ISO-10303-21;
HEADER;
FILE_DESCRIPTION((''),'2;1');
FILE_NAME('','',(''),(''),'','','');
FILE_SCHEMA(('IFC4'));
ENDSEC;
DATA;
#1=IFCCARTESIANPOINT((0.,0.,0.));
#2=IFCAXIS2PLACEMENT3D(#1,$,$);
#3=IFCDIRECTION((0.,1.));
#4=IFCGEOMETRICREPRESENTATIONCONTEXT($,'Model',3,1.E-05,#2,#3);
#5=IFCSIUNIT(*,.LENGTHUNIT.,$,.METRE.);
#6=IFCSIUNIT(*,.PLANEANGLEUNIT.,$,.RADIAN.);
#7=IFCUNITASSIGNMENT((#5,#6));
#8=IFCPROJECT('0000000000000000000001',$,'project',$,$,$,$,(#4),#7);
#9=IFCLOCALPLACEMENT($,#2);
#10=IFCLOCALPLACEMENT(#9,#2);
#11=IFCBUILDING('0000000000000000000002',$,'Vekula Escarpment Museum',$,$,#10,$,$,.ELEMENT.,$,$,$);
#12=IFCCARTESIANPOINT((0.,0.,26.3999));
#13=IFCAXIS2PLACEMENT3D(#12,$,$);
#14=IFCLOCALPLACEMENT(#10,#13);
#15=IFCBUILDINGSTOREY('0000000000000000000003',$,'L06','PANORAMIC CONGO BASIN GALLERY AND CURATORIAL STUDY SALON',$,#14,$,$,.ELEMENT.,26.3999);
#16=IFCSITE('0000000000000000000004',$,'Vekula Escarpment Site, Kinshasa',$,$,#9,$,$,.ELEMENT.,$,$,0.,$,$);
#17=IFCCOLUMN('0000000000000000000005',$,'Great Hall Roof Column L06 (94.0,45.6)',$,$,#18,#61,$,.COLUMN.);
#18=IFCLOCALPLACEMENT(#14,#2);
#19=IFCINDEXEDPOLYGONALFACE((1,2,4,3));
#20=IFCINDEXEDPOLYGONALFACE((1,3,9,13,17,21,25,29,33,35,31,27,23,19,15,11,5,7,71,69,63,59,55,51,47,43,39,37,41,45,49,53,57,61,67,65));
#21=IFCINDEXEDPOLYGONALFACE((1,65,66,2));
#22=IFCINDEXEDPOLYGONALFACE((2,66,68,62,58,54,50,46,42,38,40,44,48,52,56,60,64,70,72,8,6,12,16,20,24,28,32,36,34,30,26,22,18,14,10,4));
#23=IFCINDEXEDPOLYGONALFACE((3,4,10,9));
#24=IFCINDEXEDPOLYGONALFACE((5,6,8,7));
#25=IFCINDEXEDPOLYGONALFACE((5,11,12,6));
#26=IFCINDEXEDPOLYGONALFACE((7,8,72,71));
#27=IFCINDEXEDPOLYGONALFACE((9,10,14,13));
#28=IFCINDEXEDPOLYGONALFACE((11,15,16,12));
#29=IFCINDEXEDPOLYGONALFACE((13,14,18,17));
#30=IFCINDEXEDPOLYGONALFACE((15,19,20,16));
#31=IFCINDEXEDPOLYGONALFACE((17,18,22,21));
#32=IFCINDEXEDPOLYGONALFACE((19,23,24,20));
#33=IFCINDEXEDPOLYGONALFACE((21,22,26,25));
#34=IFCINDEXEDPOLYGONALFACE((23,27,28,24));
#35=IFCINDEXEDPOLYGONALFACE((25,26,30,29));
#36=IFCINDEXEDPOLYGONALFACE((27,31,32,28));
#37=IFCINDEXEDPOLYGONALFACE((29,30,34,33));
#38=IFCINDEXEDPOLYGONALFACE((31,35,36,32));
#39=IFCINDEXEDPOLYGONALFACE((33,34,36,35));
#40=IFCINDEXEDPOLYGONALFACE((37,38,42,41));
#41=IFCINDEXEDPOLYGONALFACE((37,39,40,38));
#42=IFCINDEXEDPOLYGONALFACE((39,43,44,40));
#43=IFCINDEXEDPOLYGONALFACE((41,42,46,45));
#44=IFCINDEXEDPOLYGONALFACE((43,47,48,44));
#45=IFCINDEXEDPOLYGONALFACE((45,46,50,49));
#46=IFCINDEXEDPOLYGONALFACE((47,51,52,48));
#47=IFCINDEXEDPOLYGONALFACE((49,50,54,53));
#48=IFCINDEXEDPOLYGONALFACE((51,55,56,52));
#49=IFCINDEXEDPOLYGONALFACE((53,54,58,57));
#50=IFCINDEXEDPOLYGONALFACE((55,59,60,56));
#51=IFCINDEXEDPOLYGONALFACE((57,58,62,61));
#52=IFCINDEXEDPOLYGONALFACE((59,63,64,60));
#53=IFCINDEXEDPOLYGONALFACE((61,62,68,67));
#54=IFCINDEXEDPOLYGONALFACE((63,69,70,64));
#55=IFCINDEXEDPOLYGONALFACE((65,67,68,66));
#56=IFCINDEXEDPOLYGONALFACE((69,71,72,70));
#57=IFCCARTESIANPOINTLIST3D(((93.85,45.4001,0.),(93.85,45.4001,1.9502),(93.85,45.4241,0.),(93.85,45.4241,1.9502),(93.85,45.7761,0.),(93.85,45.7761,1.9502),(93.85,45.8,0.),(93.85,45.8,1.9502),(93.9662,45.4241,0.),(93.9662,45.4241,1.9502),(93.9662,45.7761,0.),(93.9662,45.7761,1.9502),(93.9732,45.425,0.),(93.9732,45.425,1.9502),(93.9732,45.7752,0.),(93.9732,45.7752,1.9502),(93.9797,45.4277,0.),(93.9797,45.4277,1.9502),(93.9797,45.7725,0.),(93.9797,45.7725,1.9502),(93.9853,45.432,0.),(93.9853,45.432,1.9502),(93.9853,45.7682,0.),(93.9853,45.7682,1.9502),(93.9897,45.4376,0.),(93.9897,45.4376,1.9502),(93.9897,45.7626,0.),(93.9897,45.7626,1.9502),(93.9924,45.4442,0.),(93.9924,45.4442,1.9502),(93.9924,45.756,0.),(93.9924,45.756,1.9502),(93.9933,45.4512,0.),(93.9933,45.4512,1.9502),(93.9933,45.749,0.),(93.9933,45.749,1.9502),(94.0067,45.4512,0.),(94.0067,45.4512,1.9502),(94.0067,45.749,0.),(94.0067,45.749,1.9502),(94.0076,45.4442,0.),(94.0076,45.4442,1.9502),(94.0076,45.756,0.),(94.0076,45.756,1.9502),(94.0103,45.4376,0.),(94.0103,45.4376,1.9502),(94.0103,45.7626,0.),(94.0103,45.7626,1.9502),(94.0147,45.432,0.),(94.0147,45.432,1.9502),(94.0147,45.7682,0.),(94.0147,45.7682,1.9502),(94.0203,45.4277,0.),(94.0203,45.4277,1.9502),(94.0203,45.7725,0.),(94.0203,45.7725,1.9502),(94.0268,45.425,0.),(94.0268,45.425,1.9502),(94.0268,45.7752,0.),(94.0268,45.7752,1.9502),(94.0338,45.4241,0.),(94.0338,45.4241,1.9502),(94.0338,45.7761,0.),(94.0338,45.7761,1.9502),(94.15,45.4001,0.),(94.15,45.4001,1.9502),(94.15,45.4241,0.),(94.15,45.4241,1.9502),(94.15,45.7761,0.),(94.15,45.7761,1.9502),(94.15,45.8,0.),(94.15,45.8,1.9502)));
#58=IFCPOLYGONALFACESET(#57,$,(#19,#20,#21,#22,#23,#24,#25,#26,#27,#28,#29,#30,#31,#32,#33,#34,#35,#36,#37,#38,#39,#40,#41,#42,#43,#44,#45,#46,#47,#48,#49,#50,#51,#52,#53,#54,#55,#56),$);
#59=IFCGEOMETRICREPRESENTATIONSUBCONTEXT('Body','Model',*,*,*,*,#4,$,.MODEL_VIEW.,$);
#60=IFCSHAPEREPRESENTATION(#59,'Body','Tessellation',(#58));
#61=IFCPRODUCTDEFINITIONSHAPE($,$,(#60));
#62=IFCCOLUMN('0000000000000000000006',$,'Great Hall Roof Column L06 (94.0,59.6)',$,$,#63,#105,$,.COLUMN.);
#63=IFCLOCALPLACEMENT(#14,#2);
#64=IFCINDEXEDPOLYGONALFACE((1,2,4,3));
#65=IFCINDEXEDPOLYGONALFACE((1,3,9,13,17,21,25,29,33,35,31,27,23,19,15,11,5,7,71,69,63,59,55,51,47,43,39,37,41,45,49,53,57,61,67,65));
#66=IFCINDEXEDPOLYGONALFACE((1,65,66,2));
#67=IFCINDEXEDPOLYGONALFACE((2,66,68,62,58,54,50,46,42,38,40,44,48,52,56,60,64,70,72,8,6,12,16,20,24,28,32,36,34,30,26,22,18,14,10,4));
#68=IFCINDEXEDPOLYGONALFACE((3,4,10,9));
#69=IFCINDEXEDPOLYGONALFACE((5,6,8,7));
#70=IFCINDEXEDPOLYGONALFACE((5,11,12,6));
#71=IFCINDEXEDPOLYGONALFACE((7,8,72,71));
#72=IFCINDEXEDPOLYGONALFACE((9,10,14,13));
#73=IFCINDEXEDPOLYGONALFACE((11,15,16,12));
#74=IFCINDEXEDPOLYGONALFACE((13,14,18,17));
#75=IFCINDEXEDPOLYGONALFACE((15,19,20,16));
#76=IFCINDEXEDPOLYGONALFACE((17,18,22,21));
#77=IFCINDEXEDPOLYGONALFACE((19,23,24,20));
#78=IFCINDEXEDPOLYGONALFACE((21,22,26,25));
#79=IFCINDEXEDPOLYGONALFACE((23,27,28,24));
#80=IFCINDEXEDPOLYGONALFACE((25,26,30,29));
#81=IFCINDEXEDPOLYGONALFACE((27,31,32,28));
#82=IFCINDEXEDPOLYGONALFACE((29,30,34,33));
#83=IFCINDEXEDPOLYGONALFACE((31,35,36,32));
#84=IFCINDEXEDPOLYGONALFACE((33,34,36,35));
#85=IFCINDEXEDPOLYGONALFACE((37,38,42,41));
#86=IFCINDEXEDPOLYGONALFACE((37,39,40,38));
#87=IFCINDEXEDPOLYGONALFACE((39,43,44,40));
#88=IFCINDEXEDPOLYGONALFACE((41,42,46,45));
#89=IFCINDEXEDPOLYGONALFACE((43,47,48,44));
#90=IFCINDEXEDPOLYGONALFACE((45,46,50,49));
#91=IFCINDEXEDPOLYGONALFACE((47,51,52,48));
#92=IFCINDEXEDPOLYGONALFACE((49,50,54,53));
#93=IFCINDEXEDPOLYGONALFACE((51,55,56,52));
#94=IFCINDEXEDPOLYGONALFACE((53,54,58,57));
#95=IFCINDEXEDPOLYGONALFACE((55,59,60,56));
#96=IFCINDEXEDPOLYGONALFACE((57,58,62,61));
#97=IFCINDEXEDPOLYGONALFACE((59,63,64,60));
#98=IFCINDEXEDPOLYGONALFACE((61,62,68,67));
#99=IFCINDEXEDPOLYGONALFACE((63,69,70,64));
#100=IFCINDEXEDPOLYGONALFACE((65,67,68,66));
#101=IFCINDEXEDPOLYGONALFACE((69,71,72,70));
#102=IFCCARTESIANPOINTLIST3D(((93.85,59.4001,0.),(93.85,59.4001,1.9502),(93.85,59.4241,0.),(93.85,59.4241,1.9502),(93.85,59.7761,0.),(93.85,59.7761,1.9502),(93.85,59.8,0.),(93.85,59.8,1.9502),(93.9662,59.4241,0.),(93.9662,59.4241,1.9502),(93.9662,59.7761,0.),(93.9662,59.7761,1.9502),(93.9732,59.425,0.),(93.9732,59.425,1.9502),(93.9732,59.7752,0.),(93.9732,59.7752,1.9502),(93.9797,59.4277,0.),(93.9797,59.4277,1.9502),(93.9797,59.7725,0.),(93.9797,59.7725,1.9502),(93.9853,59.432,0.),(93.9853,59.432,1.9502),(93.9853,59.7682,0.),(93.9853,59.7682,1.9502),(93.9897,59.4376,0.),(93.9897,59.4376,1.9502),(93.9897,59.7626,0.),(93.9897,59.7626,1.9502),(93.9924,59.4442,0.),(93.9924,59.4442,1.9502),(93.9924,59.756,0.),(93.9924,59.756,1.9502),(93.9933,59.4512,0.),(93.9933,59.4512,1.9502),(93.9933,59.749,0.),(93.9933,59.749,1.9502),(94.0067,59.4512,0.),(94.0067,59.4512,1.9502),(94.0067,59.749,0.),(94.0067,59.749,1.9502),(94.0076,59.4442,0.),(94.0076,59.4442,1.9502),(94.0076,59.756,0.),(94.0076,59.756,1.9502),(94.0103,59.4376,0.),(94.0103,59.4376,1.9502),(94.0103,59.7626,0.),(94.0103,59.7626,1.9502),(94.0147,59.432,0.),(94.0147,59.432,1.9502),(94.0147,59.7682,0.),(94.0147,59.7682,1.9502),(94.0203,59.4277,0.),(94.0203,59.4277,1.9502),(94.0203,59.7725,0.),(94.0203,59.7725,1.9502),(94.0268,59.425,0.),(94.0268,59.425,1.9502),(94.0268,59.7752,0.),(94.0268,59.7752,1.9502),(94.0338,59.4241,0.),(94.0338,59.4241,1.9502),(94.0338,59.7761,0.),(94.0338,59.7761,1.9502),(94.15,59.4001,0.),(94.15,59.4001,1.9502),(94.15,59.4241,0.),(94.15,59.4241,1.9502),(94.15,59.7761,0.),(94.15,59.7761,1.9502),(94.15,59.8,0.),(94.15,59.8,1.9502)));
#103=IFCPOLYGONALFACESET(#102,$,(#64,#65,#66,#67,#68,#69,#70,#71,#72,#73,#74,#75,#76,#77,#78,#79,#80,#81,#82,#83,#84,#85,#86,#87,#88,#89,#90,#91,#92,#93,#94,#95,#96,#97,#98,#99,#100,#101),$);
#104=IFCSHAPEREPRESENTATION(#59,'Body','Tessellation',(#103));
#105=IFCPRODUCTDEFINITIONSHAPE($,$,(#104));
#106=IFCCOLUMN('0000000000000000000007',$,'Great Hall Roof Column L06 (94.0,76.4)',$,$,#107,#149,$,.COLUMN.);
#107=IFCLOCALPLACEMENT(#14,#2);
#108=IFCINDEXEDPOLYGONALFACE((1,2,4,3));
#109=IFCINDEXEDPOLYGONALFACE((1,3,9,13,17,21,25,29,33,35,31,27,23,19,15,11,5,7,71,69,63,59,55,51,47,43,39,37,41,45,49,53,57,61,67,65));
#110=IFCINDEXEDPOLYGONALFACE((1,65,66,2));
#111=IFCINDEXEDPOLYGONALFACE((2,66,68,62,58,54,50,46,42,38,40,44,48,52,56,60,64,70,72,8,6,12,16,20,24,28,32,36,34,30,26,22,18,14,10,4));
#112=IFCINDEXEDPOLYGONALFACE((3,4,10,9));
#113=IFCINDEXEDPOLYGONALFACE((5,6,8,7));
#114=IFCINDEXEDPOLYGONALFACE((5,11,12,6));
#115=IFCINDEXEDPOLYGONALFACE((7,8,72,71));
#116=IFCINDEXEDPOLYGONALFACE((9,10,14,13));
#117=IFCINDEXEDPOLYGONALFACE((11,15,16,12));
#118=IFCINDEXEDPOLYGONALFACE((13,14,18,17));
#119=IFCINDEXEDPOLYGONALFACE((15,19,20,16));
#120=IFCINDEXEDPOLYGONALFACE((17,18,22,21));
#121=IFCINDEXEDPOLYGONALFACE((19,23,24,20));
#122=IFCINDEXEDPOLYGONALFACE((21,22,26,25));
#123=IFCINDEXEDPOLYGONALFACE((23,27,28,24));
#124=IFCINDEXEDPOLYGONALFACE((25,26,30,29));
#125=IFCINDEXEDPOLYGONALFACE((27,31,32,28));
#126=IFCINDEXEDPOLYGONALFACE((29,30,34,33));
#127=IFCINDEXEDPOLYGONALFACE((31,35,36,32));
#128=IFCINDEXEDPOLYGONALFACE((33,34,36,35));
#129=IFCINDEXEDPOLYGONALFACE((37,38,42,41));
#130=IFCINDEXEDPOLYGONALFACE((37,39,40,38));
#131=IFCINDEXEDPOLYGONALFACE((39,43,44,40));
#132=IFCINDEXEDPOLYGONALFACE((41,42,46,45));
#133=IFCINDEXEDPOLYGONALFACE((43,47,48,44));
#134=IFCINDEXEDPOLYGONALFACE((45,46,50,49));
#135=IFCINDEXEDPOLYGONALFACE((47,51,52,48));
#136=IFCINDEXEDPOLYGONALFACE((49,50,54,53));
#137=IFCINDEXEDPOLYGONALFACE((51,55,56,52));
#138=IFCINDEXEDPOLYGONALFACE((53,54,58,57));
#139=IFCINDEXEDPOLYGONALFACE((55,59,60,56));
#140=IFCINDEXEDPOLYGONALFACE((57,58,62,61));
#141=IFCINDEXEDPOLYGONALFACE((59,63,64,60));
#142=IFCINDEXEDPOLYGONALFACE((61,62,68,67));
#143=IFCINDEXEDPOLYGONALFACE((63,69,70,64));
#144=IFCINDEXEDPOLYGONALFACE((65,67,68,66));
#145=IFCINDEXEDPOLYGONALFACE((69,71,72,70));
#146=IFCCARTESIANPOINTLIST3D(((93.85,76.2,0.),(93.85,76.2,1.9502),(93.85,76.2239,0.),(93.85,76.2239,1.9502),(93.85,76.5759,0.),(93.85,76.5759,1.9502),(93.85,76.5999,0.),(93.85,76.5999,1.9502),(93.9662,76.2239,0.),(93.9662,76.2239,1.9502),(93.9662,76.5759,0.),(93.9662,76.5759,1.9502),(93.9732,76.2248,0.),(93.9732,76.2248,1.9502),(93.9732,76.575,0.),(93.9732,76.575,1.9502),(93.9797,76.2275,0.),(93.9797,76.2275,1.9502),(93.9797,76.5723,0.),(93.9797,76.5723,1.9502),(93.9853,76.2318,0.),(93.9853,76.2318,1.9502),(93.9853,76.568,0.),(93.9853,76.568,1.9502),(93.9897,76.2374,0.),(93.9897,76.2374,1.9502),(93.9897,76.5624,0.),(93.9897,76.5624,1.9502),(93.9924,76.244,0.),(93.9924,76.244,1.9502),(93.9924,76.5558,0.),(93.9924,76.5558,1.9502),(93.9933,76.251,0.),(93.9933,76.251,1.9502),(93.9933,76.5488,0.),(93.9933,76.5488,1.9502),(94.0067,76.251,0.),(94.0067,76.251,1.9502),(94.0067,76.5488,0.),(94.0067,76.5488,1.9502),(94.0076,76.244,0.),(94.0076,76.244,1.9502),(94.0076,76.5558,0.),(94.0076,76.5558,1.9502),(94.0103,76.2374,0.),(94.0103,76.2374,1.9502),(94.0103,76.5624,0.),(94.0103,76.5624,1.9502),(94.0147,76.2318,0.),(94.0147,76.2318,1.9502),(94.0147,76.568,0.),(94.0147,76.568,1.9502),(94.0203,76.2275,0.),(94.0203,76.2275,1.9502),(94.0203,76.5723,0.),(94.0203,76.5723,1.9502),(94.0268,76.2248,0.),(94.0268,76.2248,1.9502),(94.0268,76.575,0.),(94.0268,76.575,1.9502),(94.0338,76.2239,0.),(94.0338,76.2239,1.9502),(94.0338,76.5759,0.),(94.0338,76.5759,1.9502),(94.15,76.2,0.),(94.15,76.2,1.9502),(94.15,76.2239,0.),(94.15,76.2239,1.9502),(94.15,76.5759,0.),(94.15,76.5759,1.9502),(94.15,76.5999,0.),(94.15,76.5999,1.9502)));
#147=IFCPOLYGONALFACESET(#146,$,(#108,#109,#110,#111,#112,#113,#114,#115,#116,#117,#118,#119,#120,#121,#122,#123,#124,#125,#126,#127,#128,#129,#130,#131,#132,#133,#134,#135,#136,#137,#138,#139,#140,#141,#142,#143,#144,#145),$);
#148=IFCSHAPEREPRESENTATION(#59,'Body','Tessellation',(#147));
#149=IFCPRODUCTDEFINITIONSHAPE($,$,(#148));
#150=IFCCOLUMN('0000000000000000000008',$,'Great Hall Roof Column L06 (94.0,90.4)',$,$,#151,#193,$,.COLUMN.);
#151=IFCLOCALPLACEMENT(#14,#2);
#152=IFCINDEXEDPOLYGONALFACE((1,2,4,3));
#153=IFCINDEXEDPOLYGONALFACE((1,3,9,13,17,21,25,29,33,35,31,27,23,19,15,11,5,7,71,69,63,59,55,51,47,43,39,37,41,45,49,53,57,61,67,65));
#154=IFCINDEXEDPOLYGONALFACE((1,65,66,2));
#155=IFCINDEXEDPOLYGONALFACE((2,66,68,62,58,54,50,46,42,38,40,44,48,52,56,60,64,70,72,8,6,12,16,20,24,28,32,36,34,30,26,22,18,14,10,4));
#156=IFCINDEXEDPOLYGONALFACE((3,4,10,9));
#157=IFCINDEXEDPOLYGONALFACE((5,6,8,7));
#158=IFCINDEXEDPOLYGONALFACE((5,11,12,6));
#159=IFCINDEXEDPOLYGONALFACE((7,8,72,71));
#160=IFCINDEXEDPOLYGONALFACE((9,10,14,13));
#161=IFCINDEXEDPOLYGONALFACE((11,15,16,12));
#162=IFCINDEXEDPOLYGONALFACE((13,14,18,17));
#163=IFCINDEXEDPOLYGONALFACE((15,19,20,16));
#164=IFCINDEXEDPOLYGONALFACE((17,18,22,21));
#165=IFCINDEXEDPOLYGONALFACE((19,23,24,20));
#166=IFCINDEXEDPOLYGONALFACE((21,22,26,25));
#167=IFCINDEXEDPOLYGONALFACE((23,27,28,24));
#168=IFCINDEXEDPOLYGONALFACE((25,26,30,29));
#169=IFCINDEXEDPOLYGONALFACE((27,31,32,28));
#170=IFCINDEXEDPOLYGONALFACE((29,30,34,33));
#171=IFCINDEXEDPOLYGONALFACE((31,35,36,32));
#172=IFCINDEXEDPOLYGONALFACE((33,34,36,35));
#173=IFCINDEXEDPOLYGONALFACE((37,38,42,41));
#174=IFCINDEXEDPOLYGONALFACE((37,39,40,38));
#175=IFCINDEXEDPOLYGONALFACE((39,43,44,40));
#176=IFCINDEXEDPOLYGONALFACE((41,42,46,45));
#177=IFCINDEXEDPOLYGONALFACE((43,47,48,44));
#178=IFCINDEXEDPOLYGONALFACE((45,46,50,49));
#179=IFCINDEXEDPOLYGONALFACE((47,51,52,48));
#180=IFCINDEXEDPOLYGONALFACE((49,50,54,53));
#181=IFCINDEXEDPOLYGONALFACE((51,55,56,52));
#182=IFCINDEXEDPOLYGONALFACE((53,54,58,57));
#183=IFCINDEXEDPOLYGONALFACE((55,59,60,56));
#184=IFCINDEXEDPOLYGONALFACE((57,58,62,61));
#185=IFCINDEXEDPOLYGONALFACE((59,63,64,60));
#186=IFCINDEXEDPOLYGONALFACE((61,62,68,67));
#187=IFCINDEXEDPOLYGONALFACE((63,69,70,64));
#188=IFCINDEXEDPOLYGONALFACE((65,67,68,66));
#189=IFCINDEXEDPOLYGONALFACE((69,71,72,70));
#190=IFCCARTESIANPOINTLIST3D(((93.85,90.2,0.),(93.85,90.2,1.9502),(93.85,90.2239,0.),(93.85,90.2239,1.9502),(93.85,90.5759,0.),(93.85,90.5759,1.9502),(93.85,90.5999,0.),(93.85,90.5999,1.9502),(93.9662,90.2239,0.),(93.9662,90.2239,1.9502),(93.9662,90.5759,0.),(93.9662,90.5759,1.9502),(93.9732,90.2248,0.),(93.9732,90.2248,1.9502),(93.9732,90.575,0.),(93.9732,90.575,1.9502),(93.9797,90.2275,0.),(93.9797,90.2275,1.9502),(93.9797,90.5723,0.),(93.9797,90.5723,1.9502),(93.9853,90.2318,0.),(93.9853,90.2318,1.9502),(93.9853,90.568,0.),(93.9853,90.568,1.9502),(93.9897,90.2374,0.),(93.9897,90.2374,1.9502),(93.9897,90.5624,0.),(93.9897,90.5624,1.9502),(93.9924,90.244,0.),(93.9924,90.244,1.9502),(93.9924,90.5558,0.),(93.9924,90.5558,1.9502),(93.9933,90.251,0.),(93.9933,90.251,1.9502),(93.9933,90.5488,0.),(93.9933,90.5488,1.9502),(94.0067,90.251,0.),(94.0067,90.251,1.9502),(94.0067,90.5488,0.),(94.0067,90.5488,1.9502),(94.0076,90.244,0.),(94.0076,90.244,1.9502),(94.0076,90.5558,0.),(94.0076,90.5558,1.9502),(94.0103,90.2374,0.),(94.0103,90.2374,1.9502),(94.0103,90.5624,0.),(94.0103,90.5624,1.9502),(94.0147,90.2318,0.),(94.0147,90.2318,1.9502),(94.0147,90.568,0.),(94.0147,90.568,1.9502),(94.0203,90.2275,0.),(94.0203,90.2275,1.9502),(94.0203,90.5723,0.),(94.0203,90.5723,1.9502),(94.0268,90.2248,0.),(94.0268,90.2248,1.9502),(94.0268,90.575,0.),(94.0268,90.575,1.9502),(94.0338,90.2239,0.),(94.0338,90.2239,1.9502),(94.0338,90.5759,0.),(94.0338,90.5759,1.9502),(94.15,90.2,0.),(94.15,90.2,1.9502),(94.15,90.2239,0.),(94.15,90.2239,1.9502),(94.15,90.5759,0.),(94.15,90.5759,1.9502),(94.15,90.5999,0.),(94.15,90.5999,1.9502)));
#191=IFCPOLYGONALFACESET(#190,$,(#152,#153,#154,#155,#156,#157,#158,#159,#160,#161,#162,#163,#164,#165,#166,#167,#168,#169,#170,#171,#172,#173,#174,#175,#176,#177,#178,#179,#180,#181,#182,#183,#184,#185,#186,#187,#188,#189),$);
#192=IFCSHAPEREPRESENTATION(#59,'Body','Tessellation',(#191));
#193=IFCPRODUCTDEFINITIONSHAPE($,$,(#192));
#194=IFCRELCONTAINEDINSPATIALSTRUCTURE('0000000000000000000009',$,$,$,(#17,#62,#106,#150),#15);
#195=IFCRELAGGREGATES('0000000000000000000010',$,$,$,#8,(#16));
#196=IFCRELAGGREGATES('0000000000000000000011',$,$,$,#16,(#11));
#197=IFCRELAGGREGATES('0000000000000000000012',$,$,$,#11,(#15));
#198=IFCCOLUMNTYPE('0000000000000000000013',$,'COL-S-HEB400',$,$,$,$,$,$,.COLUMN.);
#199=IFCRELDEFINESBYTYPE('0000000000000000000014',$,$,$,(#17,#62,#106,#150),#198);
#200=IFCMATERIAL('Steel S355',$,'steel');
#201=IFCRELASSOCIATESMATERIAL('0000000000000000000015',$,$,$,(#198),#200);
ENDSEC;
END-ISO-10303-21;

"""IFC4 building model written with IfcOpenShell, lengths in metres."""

from ifc_helpers import new_model, si_unit, direction, frame, origin, origin_2d, place, context, subcontext, project, spatial, i_section, extrude, material, material_profile, profile_set, type_object, element, save


model = new_model("IFC4")

# Units and contexts
model_context = context("Model", 3, precision=1e-05, world=origin(), true_north=direction((0.0, 1.0)))
body_context = subcontext(model_context, "Body", "Model", "MODEL_VIEW")
ifc_project = project(units=[si_unit("LENGTHUNIT", "METRE"), si_unit("PLANEANGLEUNIT", "RADIAN")], contexts=[model_context])

# Site, building, storey
site_placement = place(None, origin())
site = spatial("IfcSite", under=ifc_project, at=site_placement, Name="Vekula Escarpment Site, Kinshasa", CompositionType="ELEMENT", RefElevation=0.0)
building_placement = place(site_placement, origin())
building = spatial("IfcBuilding", under=site, at=building_placement, Name="Vekula Escarpment Museum", CompositionType="ELEMENT")
storey_placement = place(building_placement, frame((0.0, 0.0, 26.3999)))
storey = spatial("IfcBuildingStorey", under=building, at=storey_placement, Name="L06", Description="PANORAMIC CONGO BASIN GALLERY AND CURATORIAL STUDY SALON", CompositionType="ELEMENT", Elevation=26.3999)

# Columns
ifc_material_1 = material(Name="Steel S355", Category="steel")
ifc_material_profile_1 = material_profile(ifc_material_1, i_section(OverallWidth=0.3, OverallDepth=0.3999, WebThickness=0.0134, FlangeThickness=0.0239, FilletRadius=0.0271, at=origin_2d()), Name="HEB 400")
ifc_profile_set_1 = profile_set([ifc_material_profile_1], Name="Steel S355")
column_type = type_object("IfcColumnType", Name="COL-S-HEB400", PredefinedType="COLUMN", material=ifc_profile_set_1)
for number, where, z_axis, x_axis, name in (
    (1, (94.0, 45.6001, 0.0), (0.0, 0.0, 1.0), (1.0, 0.0, 0.0), "Great Hall Roof Column L06 (94.0,45.6)"),
    (2, (94.0, 59.6001, 0.0), (0.0, 0.0, 1.0), (1.0, 0.0, 0.0), "Great Hall Roof Column L06 (94.0,59.6)"),
    (3, (94.0, 76.3999, 0.0), (0.0, 0.0, 1.0), (1.0, 0.0, 0.0), "Great Hall Roof Column L06 (94.0,76.4)"),
    (4, (94.0, 90.3999, 0.0), (0.0, 0.0, 1.0), (1.0, 0.0, 0.0), "Great Hall Roof Column L06 (94.0,90.4)"),
):
    element("IfcColumn", number, at=place(storey_placement, frame(where, z_axis=z_axis, x_axis=x_axis)), inside=storey, type_object=column_type, Name=name, PredefinedType="COLUMN", context=body_context, shape_type="SweptSolid", body=[
        extrude(i_section(OverallWidth=0.3, OverallDepth=0.3999, WebThickness=0.0134, FlangeThickness=0.0239, FilletRadius=0.0271, at=origin_2d()), origin(), (0.0, 0.0, 1.0), 1.9502),
    ])

save(model, "model.ifc")
